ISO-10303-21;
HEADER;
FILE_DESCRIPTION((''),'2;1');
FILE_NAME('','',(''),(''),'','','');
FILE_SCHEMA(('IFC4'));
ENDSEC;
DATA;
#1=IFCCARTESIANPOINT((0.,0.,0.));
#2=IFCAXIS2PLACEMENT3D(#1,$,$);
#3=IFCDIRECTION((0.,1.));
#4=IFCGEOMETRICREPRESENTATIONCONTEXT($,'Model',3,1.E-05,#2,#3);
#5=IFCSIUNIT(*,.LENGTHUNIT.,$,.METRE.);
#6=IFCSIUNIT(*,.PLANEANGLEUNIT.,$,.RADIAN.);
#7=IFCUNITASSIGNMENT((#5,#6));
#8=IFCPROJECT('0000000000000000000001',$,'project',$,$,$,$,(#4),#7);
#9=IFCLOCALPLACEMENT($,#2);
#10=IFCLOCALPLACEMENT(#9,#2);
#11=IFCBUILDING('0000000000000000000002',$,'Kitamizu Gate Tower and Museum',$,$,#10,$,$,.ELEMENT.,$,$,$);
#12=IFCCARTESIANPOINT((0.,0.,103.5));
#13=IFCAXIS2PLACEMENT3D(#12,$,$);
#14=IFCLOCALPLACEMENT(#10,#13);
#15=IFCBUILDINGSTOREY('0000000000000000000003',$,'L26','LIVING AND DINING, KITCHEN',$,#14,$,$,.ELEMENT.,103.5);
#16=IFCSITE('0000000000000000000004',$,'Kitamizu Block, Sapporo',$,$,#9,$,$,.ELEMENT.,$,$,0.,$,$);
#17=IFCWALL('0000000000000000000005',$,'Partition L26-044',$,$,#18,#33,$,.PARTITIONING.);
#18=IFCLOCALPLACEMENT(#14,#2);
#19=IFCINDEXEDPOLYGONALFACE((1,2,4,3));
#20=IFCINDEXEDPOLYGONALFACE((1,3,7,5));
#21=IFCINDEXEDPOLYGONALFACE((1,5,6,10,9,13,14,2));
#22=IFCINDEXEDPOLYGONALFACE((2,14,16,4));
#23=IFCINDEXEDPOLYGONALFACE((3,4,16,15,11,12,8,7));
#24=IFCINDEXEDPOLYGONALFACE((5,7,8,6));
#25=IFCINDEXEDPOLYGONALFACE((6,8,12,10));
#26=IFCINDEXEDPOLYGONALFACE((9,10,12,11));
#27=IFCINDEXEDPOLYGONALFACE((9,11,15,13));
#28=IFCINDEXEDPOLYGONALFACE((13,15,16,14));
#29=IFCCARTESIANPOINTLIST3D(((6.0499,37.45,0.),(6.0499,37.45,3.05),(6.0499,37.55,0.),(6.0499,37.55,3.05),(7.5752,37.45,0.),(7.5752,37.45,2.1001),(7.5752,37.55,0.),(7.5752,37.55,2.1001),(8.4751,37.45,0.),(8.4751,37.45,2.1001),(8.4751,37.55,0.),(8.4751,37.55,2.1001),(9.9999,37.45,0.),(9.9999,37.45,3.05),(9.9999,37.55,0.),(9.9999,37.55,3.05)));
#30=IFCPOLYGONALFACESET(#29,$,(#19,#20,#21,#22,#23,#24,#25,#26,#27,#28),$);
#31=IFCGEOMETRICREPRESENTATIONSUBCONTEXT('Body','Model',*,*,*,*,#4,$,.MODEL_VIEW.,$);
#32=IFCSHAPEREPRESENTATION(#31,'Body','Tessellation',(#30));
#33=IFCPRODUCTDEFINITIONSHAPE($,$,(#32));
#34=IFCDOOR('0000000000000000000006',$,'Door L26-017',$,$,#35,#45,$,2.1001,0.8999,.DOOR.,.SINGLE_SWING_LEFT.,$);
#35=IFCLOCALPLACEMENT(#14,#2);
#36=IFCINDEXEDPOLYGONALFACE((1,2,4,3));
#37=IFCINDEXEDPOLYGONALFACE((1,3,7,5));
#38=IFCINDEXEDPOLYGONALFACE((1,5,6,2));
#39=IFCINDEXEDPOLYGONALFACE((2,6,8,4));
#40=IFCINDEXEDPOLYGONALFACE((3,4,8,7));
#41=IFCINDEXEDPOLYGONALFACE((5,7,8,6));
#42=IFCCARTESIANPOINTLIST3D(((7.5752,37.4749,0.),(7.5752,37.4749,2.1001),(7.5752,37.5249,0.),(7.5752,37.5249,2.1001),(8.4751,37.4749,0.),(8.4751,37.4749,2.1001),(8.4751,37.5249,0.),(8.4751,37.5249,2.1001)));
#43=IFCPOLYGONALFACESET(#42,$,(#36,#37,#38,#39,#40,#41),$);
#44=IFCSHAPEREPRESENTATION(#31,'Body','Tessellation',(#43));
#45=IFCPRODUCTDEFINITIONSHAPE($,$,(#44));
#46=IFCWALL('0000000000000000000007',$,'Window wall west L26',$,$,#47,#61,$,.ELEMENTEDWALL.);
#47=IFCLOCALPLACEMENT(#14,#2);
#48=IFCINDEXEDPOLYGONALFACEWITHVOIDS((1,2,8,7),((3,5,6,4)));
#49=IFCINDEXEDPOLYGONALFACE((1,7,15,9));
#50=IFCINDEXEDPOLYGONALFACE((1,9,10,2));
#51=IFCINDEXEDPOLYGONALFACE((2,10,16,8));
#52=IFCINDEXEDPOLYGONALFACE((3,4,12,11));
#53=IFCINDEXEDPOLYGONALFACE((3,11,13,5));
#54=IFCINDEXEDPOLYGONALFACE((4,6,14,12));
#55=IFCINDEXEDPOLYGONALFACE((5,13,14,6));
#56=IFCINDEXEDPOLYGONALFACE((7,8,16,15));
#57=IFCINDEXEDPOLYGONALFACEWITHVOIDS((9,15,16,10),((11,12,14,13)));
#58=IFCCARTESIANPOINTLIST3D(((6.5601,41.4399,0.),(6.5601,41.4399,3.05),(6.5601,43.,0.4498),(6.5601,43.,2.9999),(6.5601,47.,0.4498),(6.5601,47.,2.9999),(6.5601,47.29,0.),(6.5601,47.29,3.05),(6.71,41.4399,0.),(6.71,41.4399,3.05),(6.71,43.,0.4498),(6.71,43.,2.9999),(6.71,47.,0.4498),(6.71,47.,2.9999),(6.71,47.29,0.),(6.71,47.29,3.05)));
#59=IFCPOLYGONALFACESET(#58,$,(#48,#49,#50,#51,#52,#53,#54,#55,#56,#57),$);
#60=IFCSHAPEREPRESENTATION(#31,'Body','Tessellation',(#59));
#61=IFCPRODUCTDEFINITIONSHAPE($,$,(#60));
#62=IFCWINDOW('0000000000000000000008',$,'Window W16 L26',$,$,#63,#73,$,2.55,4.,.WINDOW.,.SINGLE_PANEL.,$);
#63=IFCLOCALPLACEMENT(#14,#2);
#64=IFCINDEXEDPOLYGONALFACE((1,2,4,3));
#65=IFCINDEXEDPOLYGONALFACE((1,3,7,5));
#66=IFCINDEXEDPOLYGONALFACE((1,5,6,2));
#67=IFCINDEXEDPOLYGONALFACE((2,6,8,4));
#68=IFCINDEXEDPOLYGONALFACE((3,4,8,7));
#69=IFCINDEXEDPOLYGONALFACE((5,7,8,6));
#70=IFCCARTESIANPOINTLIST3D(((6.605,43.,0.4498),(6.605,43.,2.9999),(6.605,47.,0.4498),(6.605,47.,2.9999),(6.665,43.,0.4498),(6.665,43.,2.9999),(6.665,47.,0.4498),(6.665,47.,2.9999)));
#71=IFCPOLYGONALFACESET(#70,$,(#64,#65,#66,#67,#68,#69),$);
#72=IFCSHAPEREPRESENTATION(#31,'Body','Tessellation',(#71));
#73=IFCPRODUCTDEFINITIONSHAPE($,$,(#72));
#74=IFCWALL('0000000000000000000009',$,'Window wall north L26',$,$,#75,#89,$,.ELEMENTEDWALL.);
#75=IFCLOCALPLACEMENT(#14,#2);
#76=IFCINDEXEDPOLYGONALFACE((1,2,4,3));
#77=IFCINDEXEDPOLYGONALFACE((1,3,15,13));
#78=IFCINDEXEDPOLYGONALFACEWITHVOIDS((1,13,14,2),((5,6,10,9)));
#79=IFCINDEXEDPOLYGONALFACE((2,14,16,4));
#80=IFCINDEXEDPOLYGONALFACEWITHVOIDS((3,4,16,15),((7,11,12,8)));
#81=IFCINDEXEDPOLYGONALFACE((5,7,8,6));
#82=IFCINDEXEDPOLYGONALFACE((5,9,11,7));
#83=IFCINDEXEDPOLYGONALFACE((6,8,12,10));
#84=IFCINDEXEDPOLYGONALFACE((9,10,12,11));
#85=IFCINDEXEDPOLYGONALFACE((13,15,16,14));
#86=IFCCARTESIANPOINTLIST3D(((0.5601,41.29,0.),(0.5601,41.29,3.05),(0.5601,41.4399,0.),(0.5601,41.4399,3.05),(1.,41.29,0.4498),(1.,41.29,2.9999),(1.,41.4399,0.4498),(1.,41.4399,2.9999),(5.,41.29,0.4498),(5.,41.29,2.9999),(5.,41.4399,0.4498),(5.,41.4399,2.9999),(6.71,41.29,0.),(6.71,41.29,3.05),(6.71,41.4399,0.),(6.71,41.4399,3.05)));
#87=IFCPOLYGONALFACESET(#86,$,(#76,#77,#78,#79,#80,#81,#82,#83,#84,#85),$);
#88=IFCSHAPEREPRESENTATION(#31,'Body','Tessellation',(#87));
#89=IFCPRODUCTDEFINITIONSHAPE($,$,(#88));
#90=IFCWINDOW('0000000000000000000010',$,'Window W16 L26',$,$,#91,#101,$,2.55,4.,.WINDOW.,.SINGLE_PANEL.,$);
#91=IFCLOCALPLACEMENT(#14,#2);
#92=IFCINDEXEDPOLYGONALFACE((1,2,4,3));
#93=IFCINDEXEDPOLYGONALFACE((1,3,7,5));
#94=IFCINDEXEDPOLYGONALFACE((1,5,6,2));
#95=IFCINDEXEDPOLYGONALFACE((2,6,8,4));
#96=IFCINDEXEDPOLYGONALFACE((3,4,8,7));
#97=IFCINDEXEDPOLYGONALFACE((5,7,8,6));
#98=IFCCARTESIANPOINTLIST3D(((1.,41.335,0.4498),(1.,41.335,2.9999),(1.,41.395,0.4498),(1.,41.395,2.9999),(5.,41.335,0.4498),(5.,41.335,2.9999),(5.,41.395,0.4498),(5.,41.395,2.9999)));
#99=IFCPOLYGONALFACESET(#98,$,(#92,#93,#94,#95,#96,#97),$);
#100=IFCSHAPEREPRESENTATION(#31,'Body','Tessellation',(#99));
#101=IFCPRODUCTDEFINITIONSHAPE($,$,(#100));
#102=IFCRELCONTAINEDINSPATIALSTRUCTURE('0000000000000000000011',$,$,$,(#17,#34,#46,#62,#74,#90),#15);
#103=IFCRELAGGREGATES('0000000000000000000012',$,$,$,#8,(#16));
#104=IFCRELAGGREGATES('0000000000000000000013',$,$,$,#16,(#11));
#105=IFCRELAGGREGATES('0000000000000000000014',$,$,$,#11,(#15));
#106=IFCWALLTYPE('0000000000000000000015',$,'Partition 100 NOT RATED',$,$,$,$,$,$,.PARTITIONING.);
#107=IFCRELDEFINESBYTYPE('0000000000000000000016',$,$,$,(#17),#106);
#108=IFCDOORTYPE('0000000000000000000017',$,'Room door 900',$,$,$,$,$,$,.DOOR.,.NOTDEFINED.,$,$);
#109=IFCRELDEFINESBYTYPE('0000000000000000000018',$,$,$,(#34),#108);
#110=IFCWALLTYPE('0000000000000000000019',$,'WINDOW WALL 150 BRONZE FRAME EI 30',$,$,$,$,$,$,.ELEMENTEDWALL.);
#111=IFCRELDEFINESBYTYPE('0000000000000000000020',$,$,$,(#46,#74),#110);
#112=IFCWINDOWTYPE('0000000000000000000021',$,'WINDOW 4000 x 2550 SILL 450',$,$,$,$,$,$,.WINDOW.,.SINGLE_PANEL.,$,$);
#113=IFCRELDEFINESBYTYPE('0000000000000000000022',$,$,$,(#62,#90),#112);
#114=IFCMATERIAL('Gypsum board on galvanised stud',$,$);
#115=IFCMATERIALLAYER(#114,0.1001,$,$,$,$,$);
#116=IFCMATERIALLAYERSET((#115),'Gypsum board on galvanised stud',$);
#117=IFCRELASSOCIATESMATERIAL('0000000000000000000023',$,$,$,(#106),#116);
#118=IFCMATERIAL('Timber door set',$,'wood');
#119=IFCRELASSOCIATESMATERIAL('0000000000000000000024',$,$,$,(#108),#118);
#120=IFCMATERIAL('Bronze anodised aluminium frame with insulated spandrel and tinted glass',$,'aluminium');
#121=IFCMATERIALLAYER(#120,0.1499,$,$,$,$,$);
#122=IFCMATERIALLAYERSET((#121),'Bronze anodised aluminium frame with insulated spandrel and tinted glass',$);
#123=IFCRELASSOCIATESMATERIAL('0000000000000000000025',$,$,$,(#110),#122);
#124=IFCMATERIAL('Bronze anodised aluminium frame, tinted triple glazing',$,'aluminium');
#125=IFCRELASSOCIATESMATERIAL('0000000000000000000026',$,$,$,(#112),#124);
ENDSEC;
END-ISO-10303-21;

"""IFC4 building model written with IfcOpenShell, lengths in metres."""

from ifc_helpers import new_model, si_unit, direction, frame, frame_2d, origin, place, context, subcontext, project, spatial, rectangle, extrude, material, layer, layer_set, type_object, element, fill, save


model = new_model("IFC4")

# Units and contexts
model_context = context("Model", 3, precision=1e-05, world=origin(), true_north=direction((0.0, 1.0)))
body_context = subcontext(model_context, "Body", "Model", "MODEL_VIEW")
ifc_project = project(units=[si_unit("LENGTHUNIT", "METRE"), si_unit("PLANEANGLEUNIT", "RADIAN")], contexts=[model_context])

# Site, building, storey
site_placement = place(None, origin())
site = spatial("IfcSite", under=ifc_project, at=site_placement, Name="Kitamizu Block, Sapporo", CompositionType="ELEMENT", RefElevation=0.0)
building_placement = place(site_placement, origin())
building = spatial("IfcBuilding", under=site, at=building_placement, Name="Kitamizu Gate Tower and Museum", CompositionType="ELEMENT")
storey_placement = place(building_placement, frame((0.0, 0.0, 103.5)))
storey = spatial("IfcBuildingStorey", under=building, at=storey_placement, Name="L26", Description="LIVING AND DINING, KITCHEN", CompositionType="ELEMENT", Elevation=103.5)

# Wall, opening, door
ifc_material_1 = material(Name="Gypsum board on galvanised stud")
ifc_layer_1 = layer(ifc_material_1, 0.1001)
ifc_layer_set_1 = layer_set([ifc_layer_1], Name="Gypsum board on galvanised stud")
wall_type_1 = type_object("IfcWallType", Name="Partition 100 NOT RATED", PredefinedType="PARTITIONING", material=ifc_layer_set_1)
wall_1_placement = place(storey_placement, frame((10.0, 37.5, 0.0), z_axis=(0.0, 0.0, 1.0), x_axis=(-1.0, 0.0, 0.0)))
wall_1 = element("IfcWall", 1, at=wall_1_placement, inside=storey, type_object=wall_type_1, Name="Partition L26-044", PredefinedType="PARTITIONING", context=body_context, shape_type="SweptSolid", body=[
    extrude(rectangle(XDim=3.95, YDim=0.1001, at=frame_2d((1.9751, 0.0))), origin(), (0.0, 0.0, 1.0), 3.05),
])
opening_1_placement = place(wall_1_placement, frame((1.5249, 0.0, 0.0)))
opening_1 = element("IfcOpeningElement", 2, at=opening_1_placement, cuts=wall_1, PredefinedType="OPENING", context=body_context, shape_type="SweptSolid", body=[
    extrude(rectangle(XDim=0.8999, YDim=2.1001, at=frame_2d((0.45, 1.05))), frame((0.0, 0.0601, 0.0), z_axis=(0.0, -1.0, 0.0), x_axis=(1.0, 0.0, 0.0)), (0.0, 0.0, 1.0), 0.1201),
])
ifc_material_2 = material(Name="Timber door set", Category="wood")
door_type = type_object("IfcDoorType", Name="Room door 900", OperationType="NOTDEFINED", PredefinedType="DOOR", material=ifc_material_2)
door_placement = place(opening_1_placement, frame((0.8999, 0.0, 0.0), x_axis=(-1.0, 0.0, 0.0)))
door = element("IfcDoor", 3, at=door_placement, inside=storey, type_object=door_type, Name="Door L26-017", OperationType="SINGLE_SWING_LEFT", OverallHeight=2.1001, OverallWidth=0.8999, PredefinedType="DOOR", context=body_context, shape_type="SweptSolid", body=[
    extrude(rectangle(XDim=0.8999, YDim=2.1001, at=frame_2d((0.45, 1.05))), frame((0.0, 0.0249, 0.0), z_axis=(0.0, -1.0, 0.0), x_axis=(1.0, 0.0, 0.0)), (0.0, 0.0, 1.0), 0.05),
])
fill(opening_1, door)

# Shared definitions
ifc_material_3 = material(Name="Bronze anodised aluminium frame with insulated spandrel and tinted glass", Category="aluminium")
ifc_layer_2 = layer(ifc_material_3, 0.1499)
ifc_layer_set_2 = layer_set([ifc_layer_2], Name="Bronze anodised aluminium frame with insulated spandrel and tinted glass")
wall_type_2 = type_object("IfcWallType", Name="WINDOW WALL 150 BRONZE FRAME EI 30", PredefinedType="ELEMENTEDWALL", material=ifc_layer_set_2)

# Walls, openings, windows
wall_2_placement = place(storey_placement, frame((6.635, 41.4399, 0.0), z_axis=(0.0, 0.0, 1.0), x_axis=(0.0, 1.0, 0.0)))
wall_2 = element("IfcWall", 4, at=wall_2_placement, inside=storey, type_object=wall_type_2, Name="Window wall west L26", PredefinedType="ELEMENTEDWALL", context=body_context, shape_type="SweptSolid", body=[
    extrude(rectangle(XDim=5.8501, YDim=0.1499, at=frame_2d((2.925, 0.0))), origin(), (0.0, 0.0, 1.0), 3.05),
])
opening_2_placement = place(wall_2_placement, frame((1.5601, 0.0, 0.45)))
opening_2 = element("IfcOpeningElement", 5, at=opening_2_placement, cuts=wall_2, PredefinedType="OPENING", context=body_context, shape_type="SweptSolid", body=[
    extrude(rectangle(XDim=4.0, YDim=2.55, at=frame_2d((2.0, 1.2749))), frame((0.0, 0.085, 0.0), z_axis=(0.0, -1.0, 0.0), x_axis=(1.0, 0.0, 0.0)), (0.0, 0.0, 1.0), 0.1699),
])
ifc_material_4 = material(Name="Bronze anodised aluminium frame, tinted triple glazing", Category="aluminium")
window_type_1 = type_object("IfcWindowType", Name="WINDOW 4000 x 2550 SILL 450", PartitioningType="SINGLE_PANEL", PredefinedType="WINDOW", material=ifc_material_4)
window_1_placement = place(opening_2_placement, origin())
window_1 = element("IfcWindow", 6, at=window_1_placement, inside=storey, type_object=window_type_1, Name="Window W16 L26", OverallHeight=2.55, OverallWidth=4.0, PartitioningType="SINGLE_PANEL", PredefinedType="WINDOW", context=body_context, shape_type="SweptSolid", body=[
    extrude(rectangle(XDim=4.0, YDim=2.55, at=frame_2d((2.0, 1.2749))), frame((0.0, 0.03, 0.0), z_axis=(0.0, -1.0, 0.0), x_axis=(1.0, 0.0, 0.0)), (0.0, 0.0, 1.0), 0.0601),
])
fill(opening_2, window_1)
wall_3_placement = place(storey_placement, frame((0.5601, 41.365, 0.0), z_axis=(0.0, 0.0, 1.0), x_axis=(1.0, 0.0, 0.0)))
wall_3 = element("IfcWall", 7, at=wall_3_placement, inside=storey, type_object=wall_type_2, Name="Window wall north L26", PredefinedType="ELEMENTEDWALL", context=body_context, shape_type="SweptSolid", body=[
    extrude(rectangle(XDim=6.1499, YDim=0.1499, at=frame_2d((3.075, 0.0))), origin(), (0.0, 0.0, 1.0), 3.05),
])
opening_3_placement = place(wall_3_placement, frame((0.4399, 0.0, 0.45)))
opening_3 = element("IfcOpeningElement", 8, at=opening_3_placement, cuts=wall_3, PredefinedType="OPENING", context=body_context, shape_type="SweptSolid", body=[
    extrude(rectangle(XDim=4.0, YDim=2.55, at=frame_2d((2.0, 1.2749))), frame((0.0, 0.085, 0.0), z_axis=(0.0, -1.0, 0.0), x_axis=(1.0, 0.0, 0.0)), (0.0, 0.0, 1.0), 0.1699),
])
window_2_placement = place(opening_3_placement, origin())
window_2 = element("IfcWindow", 9, at=window_2_placement, inside=storey, type_object=window_type_1, Name="Window W16 L26", OverallHeight=2.55, OverallWidth=4.0, PartitioningType="SINGLE_PANEL", PredefinedType="WINDOW", context=body_context, shape_type="SweptSolid", body=[
    extrude(rectangle(XDim=4.0, YDim=2.55, at=frame_2d((2.0, 1.2749))), frame((0.0, 0.03, 0.0), z_axis=(0.0, -1.0, 0.0), x_axis=(1.0, 0.0, 0.0)), (0.0, 0.0, 1.0), 0.0601),
])
fill(opening_3, window_2)

save(model, "model.ifc")
